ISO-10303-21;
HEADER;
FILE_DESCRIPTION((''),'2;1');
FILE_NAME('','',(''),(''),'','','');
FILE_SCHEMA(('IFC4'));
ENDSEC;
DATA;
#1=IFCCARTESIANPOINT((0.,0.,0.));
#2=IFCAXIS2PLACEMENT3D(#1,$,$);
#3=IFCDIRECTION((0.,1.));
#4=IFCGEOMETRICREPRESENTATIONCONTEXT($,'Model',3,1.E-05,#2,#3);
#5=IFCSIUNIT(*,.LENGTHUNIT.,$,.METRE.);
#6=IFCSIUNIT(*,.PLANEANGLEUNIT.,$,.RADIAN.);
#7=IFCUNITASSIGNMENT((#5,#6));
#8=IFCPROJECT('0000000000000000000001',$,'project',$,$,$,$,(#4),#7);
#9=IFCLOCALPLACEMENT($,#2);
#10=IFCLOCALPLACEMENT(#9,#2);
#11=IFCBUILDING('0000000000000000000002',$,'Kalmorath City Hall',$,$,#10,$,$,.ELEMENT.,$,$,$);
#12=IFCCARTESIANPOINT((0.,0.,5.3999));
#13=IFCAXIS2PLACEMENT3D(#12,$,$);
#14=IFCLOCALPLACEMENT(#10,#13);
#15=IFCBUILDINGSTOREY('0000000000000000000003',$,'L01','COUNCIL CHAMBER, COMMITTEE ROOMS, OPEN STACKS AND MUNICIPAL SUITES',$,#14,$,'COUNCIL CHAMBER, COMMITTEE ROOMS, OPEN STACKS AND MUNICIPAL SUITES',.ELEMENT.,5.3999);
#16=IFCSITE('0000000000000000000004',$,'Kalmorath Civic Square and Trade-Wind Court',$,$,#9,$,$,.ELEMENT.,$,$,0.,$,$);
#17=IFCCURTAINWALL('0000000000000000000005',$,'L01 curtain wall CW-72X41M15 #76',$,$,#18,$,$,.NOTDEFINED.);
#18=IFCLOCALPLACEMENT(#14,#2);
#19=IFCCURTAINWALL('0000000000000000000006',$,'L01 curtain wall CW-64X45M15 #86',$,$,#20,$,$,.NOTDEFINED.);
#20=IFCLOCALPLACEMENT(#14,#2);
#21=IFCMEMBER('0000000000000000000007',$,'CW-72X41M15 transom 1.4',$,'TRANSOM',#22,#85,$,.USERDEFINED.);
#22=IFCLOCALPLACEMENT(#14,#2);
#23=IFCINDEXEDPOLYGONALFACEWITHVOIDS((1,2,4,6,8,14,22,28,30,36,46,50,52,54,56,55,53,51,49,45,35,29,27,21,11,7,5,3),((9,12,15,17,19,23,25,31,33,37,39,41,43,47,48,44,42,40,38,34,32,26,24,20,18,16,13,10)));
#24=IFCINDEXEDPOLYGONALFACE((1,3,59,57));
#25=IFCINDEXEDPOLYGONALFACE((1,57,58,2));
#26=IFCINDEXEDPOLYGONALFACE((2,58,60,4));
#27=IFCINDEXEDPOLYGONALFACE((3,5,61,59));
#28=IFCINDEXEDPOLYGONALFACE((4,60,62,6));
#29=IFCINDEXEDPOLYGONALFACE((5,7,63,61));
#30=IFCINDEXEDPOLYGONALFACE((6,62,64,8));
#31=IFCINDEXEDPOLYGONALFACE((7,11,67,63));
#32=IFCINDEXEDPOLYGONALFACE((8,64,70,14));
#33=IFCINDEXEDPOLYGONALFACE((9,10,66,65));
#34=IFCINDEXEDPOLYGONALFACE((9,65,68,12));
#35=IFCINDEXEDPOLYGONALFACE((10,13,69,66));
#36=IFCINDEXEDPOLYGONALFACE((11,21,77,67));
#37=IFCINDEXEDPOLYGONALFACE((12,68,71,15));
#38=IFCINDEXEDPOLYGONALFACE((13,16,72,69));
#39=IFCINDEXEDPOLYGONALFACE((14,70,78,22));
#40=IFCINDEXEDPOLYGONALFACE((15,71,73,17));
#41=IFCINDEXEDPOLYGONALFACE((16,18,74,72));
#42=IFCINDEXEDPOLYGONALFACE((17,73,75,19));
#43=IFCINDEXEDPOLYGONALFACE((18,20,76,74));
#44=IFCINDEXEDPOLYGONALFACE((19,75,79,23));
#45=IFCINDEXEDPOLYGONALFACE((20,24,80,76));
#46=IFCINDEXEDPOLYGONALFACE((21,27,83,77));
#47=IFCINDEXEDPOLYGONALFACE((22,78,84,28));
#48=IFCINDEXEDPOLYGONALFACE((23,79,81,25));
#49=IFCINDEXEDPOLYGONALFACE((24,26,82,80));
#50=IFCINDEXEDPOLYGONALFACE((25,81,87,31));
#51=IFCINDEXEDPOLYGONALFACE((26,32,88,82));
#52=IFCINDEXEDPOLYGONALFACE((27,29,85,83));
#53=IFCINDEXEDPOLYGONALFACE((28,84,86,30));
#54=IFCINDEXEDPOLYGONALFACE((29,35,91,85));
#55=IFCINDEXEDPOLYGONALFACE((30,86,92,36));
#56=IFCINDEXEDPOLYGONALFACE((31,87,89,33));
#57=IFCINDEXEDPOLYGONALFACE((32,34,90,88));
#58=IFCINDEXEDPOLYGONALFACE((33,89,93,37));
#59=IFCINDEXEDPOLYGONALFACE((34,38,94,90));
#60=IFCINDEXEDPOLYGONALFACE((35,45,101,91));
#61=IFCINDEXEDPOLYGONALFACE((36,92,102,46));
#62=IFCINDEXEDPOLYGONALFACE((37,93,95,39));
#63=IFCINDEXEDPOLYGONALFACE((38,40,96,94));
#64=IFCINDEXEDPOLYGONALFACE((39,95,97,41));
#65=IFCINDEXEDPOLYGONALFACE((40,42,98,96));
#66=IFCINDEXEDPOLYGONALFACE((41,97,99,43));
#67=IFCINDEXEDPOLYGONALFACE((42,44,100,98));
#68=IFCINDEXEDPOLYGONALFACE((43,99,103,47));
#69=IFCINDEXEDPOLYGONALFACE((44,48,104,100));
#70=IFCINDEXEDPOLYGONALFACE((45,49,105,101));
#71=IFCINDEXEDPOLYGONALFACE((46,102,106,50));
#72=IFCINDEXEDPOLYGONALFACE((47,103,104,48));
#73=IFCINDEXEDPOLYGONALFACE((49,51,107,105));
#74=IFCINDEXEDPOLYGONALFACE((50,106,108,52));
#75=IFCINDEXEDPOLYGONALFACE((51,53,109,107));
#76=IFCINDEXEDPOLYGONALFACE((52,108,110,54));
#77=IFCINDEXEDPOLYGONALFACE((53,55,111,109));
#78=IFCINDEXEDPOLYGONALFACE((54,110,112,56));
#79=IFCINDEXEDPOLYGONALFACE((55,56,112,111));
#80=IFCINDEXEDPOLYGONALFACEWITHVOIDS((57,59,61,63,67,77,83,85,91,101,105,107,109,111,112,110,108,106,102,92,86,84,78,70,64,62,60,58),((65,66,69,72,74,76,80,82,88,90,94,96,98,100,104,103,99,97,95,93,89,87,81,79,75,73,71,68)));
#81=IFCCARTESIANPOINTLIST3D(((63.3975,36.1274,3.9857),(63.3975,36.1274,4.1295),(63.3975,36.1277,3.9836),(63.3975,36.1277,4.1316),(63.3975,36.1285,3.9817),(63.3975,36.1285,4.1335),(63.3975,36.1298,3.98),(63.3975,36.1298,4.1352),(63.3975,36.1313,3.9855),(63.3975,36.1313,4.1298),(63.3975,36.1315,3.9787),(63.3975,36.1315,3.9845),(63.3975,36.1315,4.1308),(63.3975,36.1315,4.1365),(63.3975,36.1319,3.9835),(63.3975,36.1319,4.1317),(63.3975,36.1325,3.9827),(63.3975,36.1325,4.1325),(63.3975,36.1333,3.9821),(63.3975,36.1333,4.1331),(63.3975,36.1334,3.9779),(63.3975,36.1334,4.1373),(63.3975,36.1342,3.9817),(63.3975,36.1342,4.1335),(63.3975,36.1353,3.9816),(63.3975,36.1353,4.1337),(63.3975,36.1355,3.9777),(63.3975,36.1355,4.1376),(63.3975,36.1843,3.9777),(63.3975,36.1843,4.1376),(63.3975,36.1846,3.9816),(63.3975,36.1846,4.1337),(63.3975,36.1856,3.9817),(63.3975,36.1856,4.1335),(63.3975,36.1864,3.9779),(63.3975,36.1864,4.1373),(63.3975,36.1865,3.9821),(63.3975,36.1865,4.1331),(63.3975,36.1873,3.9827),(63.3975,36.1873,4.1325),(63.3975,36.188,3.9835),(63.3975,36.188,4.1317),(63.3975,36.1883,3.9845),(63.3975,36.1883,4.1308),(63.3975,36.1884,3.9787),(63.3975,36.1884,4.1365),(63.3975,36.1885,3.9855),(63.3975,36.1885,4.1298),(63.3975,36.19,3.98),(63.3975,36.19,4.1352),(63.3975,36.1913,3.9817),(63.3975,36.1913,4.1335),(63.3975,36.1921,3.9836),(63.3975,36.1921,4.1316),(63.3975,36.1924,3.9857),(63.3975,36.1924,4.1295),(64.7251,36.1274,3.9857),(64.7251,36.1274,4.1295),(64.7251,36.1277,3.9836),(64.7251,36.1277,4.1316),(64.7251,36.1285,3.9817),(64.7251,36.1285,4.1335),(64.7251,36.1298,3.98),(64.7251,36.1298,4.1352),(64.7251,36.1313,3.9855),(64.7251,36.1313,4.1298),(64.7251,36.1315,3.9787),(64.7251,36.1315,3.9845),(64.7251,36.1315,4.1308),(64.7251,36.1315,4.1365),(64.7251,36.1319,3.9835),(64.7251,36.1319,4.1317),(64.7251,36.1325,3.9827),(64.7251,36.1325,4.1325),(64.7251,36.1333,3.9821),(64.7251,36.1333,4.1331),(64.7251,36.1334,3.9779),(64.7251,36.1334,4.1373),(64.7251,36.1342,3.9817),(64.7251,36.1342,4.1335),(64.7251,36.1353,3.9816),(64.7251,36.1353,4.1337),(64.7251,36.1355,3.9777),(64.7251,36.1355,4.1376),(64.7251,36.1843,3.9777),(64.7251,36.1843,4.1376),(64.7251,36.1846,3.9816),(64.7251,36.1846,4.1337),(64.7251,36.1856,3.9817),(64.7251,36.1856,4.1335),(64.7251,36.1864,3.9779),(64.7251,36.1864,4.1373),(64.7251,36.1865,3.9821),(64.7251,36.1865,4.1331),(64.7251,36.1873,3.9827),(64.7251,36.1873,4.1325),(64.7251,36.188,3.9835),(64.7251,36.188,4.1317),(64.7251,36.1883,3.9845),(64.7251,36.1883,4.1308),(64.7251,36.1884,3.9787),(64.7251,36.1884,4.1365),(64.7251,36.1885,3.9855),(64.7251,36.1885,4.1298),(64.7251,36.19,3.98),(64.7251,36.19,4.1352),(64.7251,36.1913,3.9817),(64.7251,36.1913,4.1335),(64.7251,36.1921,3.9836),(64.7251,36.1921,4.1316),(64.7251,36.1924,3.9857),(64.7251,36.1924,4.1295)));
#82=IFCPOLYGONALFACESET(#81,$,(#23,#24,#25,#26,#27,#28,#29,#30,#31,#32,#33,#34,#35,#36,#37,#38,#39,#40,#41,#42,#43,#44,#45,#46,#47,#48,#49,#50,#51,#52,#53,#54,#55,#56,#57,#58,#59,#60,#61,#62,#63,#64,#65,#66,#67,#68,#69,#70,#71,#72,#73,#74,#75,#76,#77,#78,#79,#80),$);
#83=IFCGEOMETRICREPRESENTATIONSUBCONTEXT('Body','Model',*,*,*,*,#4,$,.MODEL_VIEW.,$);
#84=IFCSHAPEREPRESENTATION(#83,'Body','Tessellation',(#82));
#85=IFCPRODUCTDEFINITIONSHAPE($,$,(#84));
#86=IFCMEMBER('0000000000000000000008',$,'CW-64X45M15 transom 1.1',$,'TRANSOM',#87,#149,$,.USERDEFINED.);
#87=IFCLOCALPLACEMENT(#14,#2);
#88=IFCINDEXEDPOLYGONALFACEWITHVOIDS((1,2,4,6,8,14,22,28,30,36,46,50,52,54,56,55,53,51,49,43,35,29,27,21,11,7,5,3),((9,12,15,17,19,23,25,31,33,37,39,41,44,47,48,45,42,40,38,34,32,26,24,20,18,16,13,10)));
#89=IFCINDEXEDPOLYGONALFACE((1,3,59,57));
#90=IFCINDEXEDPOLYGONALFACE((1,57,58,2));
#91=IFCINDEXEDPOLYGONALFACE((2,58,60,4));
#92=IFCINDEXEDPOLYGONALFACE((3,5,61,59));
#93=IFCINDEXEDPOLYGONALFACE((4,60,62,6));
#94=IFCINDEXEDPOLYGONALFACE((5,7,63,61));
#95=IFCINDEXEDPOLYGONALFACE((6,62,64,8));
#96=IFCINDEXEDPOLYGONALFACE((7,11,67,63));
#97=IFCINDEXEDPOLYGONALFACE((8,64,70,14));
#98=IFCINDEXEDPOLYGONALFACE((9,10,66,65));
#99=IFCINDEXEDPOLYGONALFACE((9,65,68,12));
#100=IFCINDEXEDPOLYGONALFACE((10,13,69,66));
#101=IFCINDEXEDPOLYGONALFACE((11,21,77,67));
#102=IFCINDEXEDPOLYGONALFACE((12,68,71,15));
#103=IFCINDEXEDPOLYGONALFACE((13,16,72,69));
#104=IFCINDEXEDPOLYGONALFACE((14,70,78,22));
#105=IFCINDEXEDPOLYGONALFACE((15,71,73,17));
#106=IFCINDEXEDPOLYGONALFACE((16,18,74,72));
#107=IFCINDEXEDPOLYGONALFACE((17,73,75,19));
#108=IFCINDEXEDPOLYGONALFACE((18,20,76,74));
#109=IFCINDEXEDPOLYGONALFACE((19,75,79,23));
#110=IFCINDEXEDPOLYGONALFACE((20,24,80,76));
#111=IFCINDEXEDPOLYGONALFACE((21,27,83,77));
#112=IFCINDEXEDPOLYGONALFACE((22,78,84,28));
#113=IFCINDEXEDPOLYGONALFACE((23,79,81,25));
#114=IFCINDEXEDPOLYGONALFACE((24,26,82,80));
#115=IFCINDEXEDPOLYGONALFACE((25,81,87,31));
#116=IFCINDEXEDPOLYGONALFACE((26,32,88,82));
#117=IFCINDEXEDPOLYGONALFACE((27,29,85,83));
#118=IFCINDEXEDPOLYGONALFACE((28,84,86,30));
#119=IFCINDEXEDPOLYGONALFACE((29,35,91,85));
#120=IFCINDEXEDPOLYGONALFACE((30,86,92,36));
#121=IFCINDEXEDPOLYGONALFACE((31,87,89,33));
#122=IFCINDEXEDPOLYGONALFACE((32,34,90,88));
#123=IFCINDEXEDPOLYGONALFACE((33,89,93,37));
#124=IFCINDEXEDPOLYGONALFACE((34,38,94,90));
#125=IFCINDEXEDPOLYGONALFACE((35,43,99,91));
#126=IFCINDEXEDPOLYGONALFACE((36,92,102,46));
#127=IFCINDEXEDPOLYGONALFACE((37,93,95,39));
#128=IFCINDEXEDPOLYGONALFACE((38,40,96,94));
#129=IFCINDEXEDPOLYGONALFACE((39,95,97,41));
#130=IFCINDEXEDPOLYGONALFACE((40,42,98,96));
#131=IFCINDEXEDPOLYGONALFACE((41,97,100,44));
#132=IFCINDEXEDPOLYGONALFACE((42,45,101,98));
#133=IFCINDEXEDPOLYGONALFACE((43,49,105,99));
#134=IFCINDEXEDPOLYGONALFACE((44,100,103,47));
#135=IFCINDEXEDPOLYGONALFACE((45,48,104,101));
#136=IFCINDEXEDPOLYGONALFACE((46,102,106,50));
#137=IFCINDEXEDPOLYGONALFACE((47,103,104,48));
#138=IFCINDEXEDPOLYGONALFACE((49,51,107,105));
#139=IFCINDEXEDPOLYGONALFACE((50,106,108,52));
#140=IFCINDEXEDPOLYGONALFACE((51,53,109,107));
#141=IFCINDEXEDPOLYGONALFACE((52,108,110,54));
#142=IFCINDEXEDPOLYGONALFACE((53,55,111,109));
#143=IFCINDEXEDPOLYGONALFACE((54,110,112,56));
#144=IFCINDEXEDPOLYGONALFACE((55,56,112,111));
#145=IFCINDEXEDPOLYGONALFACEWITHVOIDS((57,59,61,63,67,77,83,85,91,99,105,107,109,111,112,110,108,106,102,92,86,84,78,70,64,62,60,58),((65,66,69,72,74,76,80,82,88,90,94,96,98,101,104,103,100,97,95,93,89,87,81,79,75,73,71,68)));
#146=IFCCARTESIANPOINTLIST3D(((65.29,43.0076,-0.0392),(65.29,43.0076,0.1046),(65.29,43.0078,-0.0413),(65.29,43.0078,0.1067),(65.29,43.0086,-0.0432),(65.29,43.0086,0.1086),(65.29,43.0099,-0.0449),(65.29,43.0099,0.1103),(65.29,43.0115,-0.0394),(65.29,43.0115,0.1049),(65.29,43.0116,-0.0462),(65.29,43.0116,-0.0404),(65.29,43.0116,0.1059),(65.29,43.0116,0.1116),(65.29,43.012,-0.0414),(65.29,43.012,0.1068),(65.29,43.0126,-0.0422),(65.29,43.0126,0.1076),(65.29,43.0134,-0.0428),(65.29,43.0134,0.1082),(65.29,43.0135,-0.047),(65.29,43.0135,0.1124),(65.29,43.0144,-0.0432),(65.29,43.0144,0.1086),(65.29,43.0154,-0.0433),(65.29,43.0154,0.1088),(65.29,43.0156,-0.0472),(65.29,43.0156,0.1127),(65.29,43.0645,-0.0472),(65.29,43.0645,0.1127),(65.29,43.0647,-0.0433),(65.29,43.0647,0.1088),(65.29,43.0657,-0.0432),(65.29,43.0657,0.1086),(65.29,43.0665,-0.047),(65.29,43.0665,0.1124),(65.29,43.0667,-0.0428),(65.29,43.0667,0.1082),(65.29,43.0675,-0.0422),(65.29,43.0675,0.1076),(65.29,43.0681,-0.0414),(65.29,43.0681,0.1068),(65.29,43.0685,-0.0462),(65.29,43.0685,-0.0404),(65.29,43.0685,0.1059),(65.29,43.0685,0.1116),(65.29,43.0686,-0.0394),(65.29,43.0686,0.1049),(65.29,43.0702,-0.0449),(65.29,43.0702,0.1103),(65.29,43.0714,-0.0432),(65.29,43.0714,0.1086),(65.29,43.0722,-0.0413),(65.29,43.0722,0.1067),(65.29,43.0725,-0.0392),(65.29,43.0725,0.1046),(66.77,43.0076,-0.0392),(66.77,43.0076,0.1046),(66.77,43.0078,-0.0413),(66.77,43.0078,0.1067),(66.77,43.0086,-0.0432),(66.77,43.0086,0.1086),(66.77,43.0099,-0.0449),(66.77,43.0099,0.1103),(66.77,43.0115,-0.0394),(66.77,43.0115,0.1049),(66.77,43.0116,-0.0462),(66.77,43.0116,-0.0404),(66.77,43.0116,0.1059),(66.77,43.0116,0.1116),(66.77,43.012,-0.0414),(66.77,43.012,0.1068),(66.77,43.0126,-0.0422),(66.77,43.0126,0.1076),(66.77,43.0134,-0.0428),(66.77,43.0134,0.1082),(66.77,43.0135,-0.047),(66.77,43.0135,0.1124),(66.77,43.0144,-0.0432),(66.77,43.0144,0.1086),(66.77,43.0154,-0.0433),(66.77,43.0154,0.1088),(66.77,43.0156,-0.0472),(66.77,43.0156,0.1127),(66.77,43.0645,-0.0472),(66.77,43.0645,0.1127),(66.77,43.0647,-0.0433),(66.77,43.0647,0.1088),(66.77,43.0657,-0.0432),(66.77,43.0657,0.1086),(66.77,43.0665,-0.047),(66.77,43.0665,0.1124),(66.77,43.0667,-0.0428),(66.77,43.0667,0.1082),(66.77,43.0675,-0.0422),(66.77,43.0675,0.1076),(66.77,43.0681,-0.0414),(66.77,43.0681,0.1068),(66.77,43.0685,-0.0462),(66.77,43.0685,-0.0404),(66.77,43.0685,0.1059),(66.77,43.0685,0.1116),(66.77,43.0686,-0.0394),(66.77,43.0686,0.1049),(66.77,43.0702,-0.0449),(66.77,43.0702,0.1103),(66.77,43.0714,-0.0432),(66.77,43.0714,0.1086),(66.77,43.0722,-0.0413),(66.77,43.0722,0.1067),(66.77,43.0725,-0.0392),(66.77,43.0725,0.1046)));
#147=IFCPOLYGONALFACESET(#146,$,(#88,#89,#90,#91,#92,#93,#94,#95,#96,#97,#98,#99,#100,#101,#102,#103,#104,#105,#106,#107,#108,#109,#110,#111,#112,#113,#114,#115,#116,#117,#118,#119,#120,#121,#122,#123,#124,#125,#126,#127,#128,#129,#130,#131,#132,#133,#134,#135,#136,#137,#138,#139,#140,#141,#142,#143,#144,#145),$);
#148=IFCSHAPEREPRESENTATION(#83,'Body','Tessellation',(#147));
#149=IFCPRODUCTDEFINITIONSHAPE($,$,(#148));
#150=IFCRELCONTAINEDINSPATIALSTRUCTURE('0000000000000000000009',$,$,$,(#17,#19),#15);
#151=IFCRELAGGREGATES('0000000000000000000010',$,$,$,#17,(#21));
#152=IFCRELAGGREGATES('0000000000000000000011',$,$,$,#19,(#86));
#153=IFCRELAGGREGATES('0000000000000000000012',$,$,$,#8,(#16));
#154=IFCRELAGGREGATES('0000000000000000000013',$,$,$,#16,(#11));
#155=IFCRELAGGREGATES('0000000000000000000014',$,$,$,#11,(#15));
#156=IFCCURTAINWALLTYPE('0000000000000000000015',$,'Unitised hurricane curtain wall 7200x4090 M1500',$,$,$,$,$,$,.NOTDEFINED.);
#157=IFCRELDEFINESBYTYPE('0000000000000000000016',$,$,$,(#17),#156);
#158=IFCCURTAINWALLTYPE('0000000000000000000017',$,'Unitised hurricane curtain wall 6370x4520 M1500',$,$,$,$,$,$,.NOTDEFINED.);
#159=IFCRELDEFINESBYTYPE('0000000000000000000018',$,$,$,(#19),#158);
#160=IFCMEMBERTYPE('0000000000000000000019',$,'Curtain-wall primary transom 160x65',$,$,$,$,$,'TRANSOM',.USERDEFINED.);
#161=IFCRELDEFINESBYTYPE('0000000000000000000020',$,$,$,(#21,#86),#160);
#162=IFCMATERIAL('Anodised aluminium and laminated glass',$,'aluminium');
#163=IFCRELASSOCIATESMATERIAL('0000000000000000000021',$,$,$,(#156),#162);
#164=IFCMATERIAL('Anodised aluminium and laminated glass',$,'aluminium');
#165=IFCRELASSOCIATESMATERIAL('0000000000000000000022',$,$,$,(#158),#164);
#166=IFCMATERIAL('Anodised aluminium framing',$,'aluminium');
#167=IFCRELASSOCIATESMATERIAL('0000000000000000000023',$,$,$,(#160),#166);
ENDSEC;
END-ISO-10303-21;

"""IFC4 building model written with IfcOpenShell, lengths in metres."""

from ifc_helpers import new_model, si_unit, direction, frame, origin, origin_2d, place, context, subcontext, project, spatial, hollow_rectangle, extrude, material, material_profile, profile_set, type_object, element, aggregate, save


model = new_model("IFC4")

# Units and contexts
model_context = context("Model", 3, precision=1e-05, world=origin(), true_north=direction((0.0, 1.0)))
body_context = subcontext(model_context, "Body", "Model", "MODEL_VIEW")
ifc_project = project(units=[si_unit("LENGTHUNIT", "METRE"), si_unit("PLANEANGLEUNIT", "RADIAN")], contexts=[model_context])

# Site, building, storey
site_placement = place(None, origin())
site = spatial("IfcSite", under=ifc_project, at=site_placement, Name="Kalmorath Civic Square and Trade-Wind Court", CompositionType="ELEMENT", RefElevation=0.0)
building_placement = place(site_placement, origin())
building = spatial("IfcBuilding", under=site, at=building_placement, Name="Kalmorath City Hall", CompositionType="ELEMENT")
storey_placement = place(building_placement, frame((0.0, 0.0, 5.3999)))
storey = spatial("IfcBuildingStorey", under=building, at=storey_placement, Name="L01", Description="COUNCIL CHAMBER, COMMITTEE ROOMS, OPEN STACKS AND MUNICIPAL SUITES", LongName="COUNCIL CHAMBER, COMMITTEE ROOMS, OPEN STACKS AND MUNICIPAL SUITES", CompositionType="ELEMENT", Elevation=5.3999)

# Curtain wall
ifc_material_1 = material(Name="Anodised aluminium and laminated glass", Category="aluminium")
curtain_wall_type_1 = type_object("IfcCurtainWallType", Name="Unitised hurricane curtain wall 7200x4090 M1500", PredefinedType="NOTDEFINED", material=ifc_material_1)
curtain_wall_1_placement = place(storey_placement, origin())
curtain_wall_1 = element("IfcCurtainWall", 1, at=curtain_wall_1_placement, inside=storey, type_object=curtain_wall_type_1, Name="L01 curtain wall CW-72X41M15 #76", PredefinedType="NOTDEFINED")

# Curtain wall
ifc_material_2 = material(Name="Anodised aluminium and laminated glass", Category="aluminium")
curtain_wall_type_2 = type_object("IfcCurtainWallType", Name="Unitised hurricane curtain wall 6370x4520 M1500", PredefinedType="NOTDEFINED", material=ifc_material_2)
curtain_wall_2_placement = place(storey_placement, origin())
curtain_wall_2 = element("IfcCurtainWall", 2, at=curtain_wall_2_placement, inside=storey, type_object=curtain_wall_type_2, Name="L01 curtain wall CW-64X45M15 #86", PredefinedType="NOTDEFINED")

# Members
ifc_material_3 = material(Name="Anodised aluminium framing", Category="aluminium")
ifc_material_profile_1 = material_profile(ifc_material_3, hollow_rectangle(XDim=0.0649, YDim=0.1599, WallThickness=0.0039, InnerFilletRadius=0.0039, OuterFilletRadius=0.0081, at=origin_2d()), Name="ALU-TRN-160X65X4")
ifc_profile_set_1 = profile_set([ifc_material_profile_1], Name="Anodised aluminium framing")
member_type_1 = type_object("IfcMemberType", Name="Curtain-wall primary transom 160x65", ElementType="TRANSOM", PredefinedType="USERDEFINED", material=ifc_profile_set_1)
member_1_placement = place(storey_placement, frame((64.7251, 36.1599, 4.0576), z_axis=(-1.0, 0.0, 0.0), x_axis=(0.0, -1.0, 0.0)))
member_1 = element("IfcMember", 3, at=member_1_placement, type_object=member_type_1, Name="CW-72X41M15 transom 1.4", ObjectType="TRANSOM", PredefinedType="USERDEFINED", context=body_context, shape_type="SweptSolid", body=[
    extrude(hollow_rectangle(XDim=0.0649, YDim=0.1599, WallThickness=0.0039, InnerFilletRadius=0.0039, OuterFilletRadius=0.0081, at=origin_2d()), origin(), (0.0, 0.0, 1.0), 1.3276),
])
aggregate(curtain_wall_1, [member_1])
member_2_placement = place(storey_placement, frame((65.29, 43.04, 0.0327), z_axis=(1.0, 0.0, 0.0), x_axis=(0.0, 1.0, 0.0)))
member_2 = element("IfcMember", 4, at=member_2_placement, type_object=member_type_1, Name="CW-64X45M15 transom 1.1", ObjectType="TRANSOM", PredefinedType="USERDEFINED", context=body_context, shape_type="SweptSolid", body=[
    extrude(hollow_rectangle(XDim=0.0649, YDim=0.1599, WallThickness=0.0039, InnerFilletRadius=0.0039, OuterFilletRadius=0.0081, at=origin_2d()), origin(), (0.0, 0.0, 1.0), 1.48),
])

aggregate(curtain_wall_2, [member_2])

save(model, "model.ifc")
